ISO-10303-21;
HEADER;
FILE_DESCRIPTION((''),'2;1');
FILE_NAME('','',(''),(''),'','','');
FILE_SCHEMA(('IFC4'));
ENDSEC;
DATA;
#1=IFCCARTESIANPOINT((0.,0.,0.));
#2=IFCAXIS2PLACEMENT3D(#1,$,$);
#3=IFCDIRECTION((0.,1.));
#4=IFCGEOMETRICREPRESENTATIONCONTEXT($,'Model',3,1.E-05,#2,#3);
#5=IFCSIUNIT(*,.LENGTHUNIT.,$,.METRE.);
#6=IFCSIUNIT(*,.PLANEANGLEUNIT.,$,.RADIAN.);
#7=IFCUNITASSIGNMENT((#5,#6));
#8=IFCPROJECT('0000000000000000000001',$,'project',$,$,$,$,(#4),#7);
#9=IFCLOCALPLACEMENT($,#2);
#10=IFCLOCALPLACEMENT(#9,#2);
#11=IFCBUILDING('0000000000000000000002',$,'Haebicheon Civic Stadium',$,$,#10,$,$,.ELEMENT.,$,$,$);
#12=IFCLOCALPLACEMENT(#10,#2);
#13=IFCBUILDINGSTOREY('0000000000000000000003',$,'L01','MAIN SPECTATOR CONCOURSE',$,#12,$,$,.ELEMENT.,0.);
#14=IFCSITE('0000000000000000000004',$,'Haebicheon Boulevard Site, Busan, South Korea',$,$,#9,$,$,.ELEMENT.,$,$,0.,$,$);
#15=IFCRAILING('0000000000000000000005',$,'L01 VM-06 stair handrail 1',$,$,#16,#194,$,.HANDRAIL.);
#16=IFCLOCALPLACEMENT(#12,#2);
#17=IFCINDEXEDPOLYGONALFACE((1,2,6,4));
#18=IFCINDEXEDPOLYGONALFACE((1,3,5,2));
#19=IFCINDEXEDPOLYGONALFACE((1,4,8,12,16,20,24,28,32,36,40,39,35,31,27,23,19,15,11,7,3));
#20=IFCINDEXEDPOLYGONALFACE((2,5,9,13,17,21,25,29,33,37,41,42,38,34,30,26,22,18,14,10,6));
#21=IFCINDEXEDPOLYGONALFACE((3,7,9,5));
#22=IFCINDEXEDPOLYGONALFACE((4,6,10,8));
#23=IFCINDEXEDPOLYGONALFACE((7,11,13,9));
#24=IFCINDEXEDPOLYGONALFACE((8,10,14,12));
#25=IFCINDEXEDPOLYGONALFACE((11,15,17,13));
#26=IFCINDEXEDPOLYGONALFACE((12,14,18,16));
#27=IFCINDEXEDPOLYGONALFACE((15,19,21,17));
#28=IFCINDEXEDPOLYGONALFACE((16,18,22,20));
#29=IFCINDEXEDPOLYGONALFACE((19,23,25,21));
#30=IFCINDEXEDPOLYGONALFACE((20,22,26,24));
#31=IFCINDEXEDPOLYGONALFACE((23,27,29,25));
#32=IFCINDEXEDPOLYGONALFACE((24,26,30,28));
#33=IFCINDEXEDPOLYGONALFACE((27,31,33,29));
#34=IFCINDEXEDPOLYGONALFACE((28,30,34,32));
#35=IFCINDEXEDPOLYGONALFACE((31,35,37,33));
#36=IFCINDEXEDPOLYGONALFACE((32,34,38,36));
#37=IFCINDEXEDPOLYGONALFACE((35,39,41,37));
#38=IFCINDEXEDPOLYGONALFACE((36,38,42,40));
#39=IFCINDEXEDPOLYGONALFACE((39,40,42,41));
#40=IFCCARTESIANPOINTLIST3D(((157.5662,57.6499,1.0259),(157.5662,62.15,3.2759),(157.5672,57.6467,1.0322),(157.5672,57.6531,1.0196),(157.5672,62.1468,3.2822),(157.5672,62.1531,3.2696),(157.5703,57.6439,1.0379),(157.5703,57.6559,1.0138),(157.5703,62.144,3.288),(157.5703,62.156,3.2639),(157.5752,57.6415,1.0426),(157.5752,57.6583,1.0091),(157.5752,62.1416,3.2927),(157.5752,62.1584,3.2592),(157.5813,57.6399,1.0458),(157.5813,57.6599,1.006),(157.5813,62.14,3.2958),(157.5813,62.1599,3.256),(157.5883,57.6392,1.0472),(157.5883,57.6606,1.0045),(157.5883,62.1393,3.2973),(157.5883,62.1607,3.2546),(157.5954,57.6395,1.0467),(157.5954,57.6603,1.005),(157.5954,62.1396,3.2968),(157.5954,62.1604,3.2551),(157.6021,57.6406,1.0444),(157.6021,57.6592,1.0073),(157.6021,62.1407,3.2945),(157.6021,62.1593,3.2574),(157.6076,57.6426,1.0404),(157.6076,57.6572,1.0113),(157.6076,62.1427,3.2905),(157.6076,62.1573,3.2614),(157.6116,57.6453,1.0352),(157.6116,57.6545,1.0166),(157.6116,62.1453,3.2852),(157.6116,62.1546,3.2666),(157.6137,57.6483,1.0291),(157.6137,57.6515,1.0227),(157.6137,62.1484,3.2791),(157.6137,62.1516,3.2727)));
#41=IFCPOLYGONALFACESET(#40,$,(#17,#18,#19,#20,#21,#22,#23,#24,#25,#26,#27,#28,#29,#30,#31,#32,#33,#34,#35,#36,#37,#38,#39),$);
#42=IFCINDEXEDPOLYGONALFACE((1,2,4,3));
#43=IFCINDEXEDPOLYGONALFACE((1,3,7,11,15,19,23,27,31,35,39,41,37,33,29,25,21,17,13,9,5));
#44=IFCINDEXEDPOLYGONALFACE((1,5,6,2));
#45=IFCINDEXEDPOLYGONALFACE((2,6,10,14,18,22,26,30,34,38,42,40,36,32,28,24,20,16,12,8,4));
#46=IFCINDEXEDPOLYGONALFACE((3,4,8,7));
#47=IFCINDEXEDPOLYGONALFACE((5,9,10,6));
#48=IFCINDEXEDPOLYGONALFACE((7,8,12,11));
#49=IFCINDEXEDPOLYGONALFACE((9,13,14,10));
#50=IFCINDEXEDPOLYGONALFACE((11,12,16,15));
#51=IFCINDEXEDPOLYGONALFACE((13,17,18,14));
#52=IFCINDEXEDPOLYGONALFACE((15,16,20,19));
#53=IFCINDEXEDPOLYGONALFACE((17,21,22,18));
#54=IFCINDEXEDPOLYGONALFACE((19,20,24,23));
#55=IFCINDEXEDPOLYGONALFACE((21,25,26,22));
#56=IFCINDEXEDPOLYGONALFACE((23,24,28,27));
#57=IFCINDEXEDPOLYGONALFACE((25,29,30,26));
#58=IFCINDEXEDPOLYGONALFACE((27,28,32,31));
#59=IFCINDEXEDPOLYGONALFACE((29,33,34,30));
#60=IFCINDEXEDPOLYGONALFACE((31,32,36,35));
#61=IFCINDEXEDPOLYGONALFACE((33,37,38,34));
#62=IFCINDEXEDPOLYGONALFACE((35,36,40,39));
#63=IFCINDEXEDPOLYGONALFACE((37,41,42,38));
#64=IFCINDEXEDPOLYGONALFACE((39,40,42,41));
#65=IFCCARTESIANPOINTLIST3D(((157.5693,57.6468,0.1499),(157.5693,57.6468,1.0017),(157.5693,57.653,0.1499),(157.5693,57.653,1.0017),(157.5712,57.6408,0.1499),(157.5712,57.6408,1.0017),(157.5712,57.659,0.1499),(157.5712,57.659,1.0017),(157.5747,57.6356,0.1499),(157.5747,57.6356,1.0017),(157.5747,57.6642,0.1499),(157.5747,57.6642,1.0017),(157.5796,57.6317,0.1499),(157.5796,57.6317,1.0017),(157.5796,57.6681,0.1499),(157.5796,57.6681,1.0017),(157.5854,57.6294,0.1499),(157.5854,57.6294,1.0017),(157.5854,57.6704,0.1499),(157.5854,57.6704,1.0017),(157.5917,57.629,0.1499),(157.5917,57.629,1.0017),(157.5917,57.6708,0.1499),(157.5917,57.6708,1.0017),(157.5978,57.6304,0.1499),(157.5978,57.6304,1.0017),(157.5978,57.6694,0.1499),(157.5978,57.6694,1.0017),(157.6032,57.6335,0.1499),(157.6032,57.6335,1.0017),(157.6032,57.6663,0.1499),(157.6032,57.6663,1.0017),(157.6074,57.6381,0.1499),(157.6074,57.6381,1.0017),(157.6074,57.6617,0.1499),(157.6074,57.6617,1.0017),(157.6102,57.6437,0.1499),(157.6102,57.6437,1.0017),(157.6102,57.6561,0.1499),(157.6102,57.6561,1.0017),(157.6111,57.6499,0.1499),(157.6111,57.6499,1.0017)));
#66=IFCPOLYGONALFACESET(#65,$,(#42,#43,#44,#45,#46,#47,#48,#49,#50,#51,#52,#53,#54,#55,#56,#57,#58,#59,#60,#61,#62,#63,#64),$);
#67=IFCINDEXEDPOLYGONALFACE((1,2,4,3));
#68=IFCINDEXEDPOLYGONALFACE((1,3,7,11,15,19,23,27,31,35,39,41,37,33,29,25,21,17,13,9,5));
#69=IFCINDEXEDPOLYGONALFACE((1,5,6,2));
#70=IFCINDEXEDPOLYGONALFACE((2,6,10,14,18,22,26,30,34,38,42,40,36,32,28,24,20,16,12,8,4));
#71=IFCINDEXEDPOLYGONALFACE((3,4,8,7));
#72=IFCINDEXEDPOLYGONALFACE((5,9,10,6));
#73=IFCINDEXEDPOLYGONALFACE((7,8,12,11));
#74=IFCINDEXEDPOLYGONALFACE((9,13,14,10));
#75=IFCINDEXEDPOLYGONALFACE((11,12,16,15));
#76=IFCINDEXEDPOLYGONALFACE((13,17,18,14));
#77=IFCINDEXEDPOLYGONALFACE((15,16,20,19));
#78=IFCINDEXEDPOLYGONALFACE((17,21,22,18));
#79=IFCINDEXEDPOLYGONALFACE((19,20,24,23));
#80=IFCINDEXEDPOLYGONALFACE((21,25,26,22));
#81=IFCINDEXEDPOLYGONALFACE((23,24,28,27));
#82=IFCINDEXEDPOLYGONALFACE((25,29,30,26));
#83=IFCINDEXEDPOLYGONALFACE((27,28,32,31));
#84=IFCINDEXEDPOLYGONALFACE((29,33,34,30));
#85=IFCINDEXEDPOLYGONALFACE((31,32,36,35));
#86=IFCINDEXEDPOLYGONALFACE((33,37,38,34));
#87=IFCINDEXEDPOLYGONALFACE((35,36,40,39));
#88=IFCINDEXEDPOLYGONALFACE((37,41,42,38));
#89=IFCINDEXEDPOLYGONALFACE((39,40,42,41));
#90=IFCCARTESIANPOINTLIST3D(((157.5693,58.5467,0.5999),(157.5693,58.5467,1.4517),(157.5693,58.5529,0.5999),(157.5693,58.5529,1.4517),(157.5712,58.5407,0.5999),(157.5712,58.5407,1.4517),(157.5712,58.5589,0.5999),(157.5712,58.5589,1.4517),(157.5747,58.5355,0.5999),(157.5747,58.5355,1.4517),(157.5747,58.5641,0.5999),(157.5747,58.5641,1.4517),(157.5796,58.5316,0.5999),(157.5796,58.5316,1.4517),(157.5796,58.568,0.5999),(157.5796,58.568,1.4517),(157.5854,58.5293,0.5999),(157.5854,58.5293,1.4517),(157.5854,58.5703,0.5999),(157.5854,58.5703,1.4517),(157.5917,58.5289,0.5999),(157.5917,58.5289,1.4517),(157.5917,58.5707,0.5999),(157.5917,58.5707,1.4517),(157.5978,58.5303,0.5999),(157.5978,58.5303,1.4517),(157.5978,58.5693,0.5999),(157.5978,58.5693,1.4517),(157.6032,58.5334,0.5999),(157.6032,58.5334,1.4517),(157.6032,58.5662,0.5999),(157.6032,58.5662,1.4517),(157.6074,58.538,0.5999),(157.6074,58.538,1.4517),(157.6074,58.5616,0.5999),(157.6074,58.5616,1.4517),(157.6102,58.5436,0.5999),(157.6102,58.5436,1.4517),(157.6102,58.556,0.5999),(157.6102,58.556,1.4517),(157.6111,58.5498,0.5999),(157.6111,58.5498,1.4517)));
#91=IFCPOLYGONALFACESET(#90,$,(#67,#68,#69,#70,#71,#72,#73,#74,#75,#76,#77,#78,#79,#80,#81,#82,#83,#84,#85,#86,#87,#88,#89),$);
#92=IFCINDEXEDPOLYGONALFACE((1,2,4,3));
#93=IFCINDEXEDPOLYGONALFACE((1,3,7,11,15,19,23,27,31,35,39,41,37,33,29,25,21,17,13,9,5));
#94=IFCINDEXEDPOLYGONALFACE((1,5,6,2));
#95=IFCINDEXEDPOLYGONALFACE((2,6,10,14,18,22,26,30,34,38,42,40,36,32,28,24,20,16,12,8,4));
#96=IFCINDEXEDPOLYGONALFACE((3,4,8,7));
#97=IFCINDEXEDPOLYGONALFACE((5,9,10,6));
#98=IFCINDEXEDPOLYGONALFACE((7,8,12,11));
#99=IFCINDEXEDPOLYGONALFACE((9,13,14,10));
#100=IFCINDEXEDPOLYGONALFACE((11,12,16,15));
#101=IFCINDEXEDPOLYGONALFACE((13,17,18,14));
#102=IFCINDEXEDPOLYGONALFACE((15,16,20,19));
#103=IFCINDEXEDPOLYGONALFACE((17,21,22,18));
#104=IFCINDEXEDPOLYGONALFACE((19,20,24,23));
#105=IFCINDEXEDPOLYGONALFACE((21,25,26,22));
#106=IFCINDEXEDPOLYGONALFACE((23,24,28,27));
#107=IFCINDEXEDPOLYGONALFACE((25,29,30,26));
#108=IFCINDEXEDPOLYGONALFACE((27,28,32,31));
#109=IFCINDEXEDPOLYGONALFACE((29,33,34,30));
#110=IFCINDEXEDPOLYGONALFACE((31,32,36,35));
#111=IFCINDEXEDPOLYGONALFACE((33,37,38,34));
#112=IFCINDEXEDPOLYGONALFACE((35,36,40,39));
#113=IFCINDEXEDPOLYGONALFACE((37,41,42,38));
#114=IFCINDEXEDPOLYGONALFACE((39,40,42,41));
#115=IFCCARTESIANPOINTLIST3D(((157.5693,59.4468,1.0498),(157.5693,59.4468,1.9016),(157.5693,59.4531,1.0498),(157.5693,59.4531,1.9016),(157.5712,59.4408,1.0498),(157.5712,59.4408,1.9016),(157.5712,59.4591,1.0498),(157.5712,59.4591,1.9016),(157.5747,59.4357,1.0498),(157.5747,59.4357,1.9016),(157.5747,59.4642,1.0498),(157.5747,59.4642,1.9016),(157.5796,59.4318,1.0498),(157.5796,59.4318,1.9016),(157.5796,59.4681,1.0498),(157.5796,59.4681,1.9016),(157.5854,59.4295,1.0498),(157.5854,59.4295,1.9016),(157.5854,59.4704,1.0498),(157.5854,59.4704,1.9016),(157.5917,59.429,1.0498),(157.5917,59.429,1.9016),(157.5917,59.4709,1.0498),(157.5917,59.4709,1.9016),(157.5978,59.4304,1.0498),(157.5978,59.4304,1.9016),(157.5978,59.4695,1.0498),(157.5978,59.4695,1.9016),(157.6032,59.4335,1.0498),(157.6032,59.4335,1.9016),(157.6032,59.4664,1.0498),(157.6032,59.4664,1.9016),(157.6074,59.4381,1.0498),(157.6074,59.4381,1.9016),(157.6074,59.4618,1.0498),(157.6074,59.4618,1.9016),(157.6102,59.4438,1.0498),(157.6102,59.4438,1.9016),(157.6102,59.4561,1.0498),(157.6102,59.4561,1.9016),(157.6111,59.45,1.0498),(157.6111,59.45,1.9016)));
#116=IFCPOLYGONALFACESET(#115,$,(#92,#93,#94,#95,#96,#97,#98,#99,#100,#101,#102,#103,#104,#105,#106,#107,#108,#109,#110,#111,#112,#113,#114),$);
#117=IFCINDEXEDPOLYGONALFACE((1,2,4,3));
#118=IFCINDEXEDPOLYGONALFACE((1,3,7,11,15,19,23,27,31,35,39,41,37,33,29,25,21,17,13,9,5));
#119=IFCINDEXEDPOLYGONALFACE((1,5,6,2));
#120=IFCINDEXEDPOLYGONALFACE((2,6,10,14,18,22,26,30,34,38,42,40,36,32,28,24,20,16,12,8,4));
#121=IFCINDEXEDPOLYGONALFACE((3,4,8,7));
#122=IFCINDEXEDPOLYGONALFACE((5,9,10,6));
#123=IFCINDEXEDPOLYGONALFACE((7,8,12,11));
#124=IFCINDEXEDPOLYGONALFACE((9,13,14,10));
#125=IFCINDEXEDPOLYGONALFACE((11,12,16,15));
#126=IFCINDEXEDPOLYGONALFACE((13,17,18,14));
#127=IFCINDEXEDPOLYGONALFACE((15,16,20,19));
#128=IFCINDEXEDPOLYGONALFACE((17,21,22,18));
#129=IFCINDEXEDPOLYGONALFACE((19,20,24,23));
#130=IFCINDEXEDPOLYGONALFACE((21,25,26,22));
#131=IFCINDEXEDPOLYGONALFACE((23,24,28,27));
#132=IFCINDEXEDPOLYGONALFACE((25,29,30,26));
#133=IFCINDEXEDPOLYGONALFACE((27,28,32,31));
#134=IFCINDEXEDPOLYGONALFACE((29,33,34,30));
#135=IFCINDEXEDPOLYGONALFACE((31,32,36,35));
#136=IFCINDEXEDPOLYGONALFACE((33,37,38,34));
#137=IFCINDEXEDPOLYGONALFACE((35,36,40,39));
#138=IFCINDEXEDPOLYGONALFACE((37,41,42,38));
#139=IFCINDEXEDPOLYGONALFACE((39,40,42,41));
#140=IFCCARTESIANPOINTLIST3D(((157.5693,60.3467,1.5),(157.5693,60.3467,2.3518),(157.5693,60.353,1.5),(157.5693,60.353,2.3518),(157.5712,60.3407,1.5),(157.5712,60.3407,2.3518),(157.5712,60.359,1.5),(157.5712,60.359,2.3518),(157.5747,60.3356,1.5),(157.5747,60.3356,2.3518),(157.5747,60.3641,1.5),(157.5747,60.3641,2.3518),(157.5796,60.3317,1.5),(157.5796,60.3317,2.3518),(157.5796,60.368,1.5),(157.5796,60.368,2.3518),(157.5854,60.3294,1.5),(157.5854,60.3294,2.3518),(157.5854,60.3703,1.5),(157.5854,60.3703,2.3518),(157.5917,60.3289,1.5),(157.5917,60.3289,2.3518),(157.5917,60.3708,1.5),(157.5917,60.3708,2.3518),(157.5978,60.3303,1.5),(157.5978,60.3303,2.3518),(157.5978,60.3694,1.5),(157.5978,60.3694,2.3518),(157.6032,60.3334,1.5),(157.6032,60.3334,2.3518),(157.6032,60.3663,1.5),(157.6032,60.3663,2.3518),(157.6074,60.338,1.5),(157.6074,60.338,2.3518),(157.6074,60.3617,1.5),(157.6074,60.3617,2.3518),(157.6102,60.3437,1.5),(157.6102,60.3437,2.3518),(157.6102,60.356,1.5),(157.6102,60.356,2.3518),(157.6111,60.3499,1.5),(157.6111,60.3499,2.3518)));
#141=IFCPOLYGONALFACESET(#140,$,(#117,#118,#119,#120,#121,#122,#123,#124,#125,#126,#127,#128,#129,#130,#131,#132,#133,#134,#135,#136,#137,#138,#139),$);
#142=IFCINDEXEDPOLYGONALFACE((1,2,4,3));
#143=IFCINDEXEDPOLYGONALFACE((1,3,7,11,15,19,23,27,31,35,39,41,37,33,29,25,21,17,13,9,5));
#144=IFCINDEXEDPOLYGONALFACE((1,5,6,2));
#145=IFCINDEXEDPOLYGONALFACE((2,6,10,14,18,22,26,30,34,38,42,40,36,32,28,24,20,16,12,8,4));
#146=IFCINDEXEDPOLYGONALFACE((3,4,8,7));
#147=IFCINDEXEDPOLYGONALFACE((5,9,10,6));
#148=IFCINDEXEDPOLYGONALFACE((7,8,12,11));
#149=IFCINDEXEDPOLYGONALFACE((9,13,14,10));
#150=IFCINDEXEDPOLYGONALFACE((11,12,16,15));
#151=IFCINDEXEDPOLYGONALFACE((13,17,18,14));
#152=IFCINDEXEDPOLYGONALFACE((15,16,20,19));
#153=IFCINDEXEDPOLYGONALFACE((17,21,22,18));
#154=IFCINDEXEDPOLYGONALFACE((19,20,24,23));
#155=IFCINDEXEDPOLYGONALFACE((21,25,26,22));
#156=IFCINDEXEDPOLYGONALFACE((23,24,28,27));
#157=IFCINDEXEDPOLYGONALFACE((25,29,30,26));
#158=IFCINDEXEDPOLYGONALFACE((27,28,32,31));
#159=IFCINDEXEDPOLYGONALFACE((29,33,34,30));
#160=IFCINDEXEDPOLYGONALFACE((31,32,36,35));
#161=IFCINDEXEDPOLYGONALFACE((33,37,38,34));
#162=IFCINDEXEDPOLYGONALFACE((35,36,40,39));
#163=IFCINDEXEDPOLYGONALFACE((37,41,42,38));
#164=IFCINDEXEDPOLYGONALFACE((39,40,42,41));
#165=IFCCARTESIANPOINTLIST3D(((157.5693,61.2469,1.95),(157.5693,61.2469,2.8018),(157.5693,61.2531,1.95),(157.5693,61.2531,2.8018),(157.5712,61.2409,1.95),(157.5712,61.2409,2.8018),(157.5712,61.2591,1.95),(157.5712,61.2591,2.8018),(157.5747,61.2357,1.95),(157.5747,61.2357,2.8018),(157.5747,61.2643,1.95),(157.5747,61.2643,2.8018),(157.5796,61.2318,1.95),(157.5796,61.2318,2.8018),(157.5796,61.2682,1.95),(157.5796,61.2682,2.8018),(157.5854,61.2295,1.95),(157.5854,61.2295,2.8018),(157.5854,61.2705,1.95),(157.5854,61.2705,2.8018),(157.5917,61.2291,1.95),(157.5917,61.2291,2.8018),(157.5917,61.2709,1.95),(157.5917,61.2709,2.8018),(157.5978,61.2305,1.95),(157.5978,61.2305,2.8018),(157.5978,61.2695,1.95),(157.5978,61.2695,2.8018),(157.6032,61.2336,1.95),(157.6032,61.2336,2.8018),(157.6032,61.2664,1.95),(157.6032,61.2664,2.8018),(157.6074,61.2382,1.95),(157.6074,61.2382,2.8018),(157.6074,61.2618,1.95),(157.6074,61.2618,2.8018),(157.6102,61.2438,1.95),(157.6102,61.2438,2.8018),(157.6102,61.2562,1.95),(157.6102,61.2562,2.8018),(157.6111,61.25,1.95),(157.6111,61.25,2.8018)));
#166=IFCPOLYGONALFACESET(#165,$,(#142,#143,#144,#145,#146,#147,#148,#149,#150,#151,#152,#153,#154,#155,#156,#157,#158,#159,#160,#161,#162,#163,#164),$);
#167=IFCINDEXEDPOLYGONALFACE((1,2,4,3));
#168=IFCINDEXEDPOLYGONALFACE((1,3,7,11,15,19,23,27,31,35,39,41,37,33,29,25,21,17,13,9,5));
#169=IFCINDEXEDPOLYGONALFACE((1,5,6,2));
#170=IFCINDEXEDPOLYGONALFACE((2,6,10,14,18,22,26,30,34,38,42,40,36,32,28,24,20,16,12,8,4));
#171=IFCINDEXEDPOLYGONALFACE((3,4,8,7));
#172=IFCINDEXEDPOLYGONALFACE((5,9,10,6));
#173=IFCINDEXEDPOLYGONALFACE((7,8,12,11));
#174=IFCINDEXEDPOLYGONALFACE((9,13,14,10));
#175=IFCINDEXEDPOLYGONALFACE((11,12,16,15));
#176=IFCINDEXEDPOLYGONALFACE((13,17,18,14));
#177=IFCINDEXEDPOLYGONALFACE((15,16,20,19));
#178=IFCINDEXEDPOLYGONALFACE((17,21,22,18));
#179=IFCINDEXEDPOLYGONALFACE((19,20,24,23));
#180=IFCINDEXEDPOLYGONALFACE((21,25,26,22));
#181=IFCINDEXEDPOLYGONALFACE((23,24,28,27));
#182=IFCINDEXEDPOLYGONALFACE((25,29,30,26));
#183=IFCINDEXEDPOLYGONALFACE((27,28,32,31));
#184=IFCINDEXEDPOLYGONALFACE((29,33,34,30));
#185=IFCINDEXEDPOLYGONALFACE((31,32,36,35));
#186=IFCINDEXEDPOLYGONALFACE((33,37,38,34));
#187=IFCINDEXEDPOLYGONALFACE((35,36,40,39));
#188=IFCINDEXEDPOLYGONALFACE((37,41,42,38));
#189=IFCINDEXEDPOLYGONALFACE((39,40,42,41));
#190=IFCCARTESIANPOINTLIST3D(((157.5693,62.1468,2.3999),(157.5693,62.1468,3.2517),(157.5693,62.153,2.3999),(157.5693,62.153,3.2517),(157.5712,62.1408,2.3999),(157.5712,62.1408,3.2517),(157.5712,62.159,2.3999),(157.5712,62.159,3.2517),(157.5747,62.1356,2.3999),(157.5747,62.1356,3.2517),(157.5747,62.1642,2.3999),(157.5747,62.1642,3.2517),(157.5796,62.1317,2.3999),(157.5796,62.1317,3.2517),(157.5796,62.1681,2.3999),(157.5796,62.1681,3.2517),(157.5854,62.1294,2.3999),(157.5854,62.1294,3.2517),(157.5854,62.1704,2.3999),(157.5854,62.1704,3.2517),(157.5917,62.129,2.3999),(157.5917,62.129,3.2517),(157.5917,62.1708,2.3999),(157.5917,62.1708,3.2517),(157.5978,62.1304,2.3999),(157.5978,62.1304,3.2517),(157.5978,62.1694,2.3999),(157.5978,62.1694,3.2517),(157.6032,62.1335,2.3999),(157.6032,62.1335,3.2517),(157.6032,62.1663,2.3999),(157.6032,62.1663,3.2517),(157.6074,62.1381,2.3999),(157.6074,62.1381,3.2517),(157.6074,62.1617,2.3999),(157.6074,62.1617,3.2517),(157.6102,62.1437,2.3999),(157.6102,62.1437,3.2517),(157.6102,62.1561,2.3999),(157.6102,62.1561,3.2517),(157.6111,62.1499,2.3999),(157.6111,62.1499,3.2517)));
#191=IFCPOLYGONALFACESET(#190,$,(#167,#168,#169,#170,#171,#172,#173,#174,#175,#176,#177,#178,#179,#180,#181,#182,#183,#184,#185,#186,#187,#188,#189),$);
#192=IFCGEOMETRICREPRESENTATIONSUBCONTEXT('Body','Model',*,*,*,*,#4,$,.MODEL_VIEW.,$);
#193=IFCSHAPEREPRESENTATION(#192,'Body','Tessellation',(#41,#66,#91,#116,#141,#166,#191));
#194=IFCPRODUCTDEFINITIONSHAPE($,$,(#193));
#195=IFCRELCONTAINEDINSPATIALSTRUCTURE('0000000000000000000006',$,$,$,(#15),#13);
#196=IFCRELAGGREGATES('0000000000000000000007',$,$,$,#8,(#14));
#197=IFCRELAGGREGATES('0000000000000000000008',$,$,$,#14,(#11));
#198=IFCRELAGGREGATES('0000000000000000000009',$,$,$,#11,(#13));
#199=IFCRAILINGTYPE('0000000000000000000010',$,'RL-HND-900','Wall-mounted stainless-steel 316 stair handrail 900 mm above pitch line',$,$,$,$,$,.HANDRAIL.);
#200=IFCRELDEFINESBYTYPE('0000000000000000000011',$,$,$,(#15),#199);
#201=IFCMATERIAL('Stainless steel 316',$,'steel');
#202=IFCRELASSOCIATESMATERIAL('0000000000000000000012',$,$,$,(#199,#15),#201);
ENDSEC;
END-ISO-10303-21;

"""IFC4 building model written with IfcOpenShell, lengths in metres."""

from ifc_helpers import new_model, si_unit, direction, frame, origin, origin_2d, place, context, subcontext, project, spatial, circle, extrude, material, type_object, element, save


model = new_model("IFC4")

# Units and contexts
model_context = context("Model", 3, precision=1e-05, world=origin(), true_north=direction((0.0, 1.0)))
body_context = subcontext(model_context, "Body", "Model", "MODEL_VIEW")
ifc_project = project(units=[si_unit("LENGTHUNIT", "METRE"), si_unit("PLANEANGLEUNIT", "RADIAN")], contexts=[model_context])

# Site, building, storey
site_placement = place(None, origin())
site = spatial("IfcSite", under=ifc_project, at=site_placement, Name="Haebicheon Boulevard Site, Busan, South Korea", CompositionType="ELEMENT", RefElevation=0.0)
building_placement = place(site_placement, origin())
building = spatial("IfcBuilding", under=site, at=building_placement, Name="Haebicheon Civic Stadium", CompositionType="ELEMENT")
storey_placement = place(building_placement, origin())
storey = spatial("IfcBuildingStorey", under=building, at=storey_placement, Name="L01", Description="MAIN SPECTATOR CONCOURSE", CompositionType="ELEMENT", Elevation=0.0)

# Railing
ifc_material_1 = material(Name="Stainless steel 316", Category="steel")
railing_type_1 = type_object("IfcRailingType", Name="RL-HND-900", Description="Wall-mounted stainless-steel 316 stair handrail 900 mm above pitch line", PredefinedType="HANDRAIL", material=ifc_material_1)
railing_1_placement = place(storey_placement, frame((157.5901, 57.6499, 0.1499)))
element("IfcRailing", 1, at=railing_1_placement, inside=storey, type_object=railing_type_1, material=ifc_material_1, Name="L01 VM-06 stair handrail 1", PredefinedType="HANDRAIL", context=body_context, shape_type="SweptSolid", body=[
    extrude(circle(Radius=0.0239, at=origin_2d()), frame((0.0, 0.0, 0.876), z_axis=(0.0, 0.894427, 0.447214), x_axis=(-1.0, 0.0, 0.0)), (0.0, 0.0, 1.0), 5.0312),
    extrude(circle(Radius=0.021, at=origin_2d()), origin(), (0.0, 0.0, 1.0), 0.8518),
    extrude(circle(Radius=0.021, at=origin_2d()), frame((0.0, 0.8999, 0.45)), (0.0, 0.0, 1.0), 0.8518),
    extrude(circle(Radius=0.021, at=origin_2d()), frame((0.0, 1.8, 0.8999)), (0.0, 0.0, 1.0), 0.8518),
    extrude(circle(Radius=0.021, at=origin_2d()), frame((0.0, 2.7, 1.3501)), (0.0, 0.0, 1.0), 0.8518),
    extrude(circle(Radius=0.021, at=origin_2d()), frame((0.0, 3.6001, 1.8)), (0.0, 0.0, 1.0), 0.8518),
    extrude(circle(Radius=0.021, at=origin_2d()), frame((0.0, 4.5, 2.25)), (0.0, 0.0, 1.0), 0.8518),
])

save(model, "model.ifc")
